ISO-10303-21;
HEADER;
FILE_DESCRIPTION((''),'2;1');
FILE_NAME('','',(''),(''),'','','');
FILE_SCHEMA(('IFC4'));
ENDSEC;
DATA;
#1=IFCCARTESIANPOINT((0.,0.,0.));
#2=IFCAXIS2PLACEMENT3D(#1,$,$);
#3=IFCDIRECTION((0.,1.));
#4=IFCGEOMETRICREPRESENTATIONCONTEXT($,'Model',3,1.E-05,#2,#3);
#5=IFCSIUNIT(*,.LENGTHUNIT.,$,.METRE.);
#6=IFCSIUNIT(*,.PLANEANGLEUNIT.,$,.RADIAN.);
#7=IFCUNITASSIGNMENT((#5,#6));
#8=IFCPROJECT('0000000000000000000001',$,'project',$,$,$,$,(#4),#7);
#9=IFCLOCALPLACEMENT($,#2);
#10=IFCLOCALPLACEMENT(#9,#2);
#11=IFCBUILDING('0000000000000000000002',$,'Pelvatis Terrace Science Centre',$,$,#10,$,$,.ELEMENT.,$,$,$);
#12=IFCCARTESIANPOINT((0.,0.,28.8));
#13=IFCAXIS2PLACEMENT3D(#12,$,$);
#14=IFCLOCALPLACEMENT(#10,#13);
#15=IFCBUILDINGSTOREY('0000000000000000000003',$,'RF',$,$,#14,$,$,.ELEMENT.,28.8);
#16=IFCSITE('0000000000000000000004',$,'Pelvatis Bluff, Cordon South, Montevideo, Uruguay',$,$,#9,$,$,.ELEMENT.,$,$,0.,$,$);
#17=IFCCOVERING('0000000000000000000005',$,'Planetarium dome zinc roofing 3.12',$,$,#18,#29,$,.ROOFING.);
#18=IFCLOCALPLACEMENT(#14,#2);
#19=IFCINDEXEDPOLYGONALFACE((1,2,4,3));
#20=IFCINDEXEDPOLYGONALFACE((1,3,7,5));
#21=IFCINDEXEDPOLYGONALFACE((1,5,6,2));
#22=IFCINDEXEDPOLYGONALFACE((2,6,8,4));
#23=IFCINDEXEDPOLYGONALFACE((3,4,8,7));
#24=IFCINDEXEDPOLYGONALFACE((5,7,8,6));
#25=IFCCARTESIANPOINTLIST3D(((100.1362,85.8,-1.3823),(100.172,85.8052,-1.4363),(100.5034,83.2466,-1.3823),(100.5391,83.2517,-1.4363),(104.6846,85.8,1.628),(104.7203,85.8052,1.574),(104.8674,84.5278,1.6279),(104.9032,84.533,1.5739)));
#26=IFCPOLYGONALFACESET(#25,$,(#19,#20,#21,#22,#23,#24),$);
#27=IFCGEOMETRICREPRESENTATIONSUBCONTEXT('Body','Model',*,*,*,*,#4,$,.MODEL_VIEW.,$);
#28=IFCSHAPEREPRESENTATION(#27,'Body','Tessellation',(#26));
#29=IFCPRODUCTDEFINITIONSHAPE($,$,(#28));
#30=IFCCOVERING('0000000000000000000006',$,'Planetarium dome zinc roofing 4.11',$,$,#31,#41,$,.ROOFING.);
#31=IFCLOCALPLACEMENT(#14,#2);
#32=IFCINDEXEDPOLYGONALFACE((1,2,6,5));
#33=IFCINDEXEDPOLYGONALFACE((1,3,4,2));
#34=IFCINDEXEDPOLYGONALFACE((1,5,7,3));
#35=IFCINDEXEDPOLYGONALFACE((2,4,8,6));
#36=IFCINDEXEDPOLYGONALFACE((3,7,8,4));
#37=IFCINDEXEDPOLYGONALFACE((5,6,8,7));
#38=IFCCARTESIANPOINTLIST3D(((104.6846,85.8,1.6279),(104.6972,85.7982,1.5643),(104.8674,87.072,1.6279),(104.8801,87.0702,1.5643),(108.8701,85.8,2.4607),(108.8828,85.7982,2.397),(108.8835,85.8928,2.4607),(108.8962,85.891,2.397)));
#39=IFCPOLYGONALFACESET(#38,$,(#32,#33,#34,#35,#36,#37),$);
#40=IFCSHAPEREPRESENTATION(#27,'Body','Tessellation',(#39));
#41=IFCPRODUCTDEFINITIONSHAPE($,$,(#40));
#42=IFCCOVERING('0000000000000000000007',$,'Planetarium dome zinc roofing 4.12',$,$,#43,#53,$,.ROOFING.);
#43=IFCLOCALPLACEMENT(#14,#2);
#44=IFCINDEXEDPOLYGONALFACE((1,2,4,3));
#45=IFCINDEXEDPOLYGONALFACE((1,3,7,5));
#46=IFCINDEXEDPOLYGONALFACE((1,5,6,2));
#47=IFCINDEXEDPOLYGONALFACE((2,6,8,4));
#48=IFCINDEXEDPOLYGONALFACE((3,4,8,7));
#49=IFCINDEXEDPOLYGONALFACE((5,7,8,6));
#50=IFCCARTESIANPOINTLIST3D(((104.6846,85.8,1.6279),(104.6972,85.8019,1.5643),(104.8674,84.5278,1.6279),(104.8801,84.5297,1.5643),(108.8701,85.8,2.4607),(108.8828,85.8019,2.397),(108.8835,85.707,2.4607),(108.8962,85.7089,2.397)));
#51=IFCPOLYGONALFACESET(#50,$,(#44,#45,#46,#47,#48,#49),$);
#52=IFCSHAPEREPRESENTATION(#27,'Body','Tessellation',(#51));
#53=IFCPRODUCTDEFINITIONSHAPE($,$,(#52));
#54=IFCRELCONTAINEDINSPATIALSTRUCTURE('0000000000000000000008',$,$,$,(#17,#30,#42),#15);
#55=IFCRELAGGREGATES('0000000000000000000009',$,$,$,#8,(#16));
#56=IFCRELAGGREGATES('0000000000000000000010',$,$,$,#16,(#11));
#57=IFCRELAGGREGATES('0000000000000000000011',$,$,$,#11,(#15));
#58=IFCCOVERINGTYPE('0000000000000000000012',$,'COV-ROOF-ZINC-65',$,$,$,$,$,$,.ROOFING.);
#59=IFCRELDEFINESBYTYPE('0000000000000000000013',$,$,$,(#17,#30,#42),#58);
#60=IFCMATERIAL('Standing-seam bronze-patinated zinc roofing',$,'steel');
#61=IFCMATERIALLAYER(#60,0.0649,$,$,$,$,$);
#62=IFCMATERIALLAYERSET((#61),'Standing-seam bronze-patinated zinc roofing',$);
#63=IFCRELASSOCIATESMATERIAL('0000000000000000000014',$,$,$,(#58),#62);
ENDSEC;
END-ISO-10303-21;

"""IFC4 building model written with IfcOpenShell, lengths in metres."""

from ifc_helpers import new_model, si_unit, direction, frame, origin, place, context, subcontext, project, spatial, polyline, outline, extrude, material, layer, layer_set, type_object, element, save


model = new_model("IFC4")

# Units and contexts
model_context = context("Model", 3, precision=1e-05, world=origin(), true_north=direction((0.0, 1.0)))
body_context = subcontext(model_context, "Body", "Model", "MODEL_VIEW")
ifc_project = project(units=[si_unit("LENGTHUNIT", "METRE"), si_unit("PLANEANGLEUNIT", "RADIAN")], contexts=[model_context])

# Site, building, storey
site_placement = place(None, origin())
site = spatial("IfcSite", under=ifc_project, at=site_placement, Name="Pelvatis Bluff, Cordon South, Montevideo, Uruguay", CompositionType="ELEMENT", RefElevation=0.0)
building_placement = place(site_placement, origin())
building = spatial("IfcBuilding", under=site, at=building_placement, Name="Pelvatis Terrace Science Centre", CompositionType="ELEMENT")
storey_placement = place(building_placement, frame((0.0, 0.0, 28.8)))
storey = spatial("IfcBuildingStorey", under=building, at=storey_placement, Name="RF", CompositionType="ELEMENT", Elevation=28.8)

# Coverings
ifc_material_1 = material(Name="Standing-seam bronze-patinated zinc roofing", Category="steel")
ifc_layer_1 = layer(ifc_material_1, 0.0649)
ifc_layer_set_1 = layer_set([ifc_layer_1], Name="Standing-seam bronze-patinated zinc roofing")
covering_type = type_object("IfcCoveringType", Name="COV-ROOF-ZINC-65", PredefinedType="ROOFING", material=ifc_layer_set_1)
covering_1_placement = place(storey_placement, frame((100.1362, 85.8, -1.3823), z_axis=(-0.550183, -0.079104, 0.831289), x_axis=(0.142329, -0.989819, 0.00001)))
element("IfcCovering", 1, at=covering_1_placement, inside=storey, type_object=covering_type, Name="Planetarium dome zinc roofing 3.12", PredefinedType="ROOFING", context=body_context, shape_type="SweptSolid", body=[
    extrude(outline(polyline([(0.0, 0.0), (2.5797, 0.0), (1.9327, 5.4156), (0.6474, 5.4157), (0.0, 0.0)])), origin(), (0.0, 0.0, -1.0), 0.0649),
])
covering_2_placement = place(storey_placement, frame((104.8674, 87.072, 1.6279), z_axis=(-0.195056, 0.028055, 0.980391), x_axis=(-0.142302, -0.989823, 0.000013)))
element("IfcCovering", 2, at=covering_2_placement, inside=storey, type_object=covering_type, Name="Planetarium dome zinc roofing 4.11", PredefinedType="ROOFING", context=body_context, shape_type="SweptSolid", body=[
    extrude(outline(polyline([(0.0, 0.0), (1.285, 0.0), (0.6895, 4.2258), (0.5957, 4.2259), (0.0, 0.0)])), origin(), (0.0, 0.0, -1.0), 0.0649),
])
covering_3_placement = place(storey_placement, frame((104.6846, 85.8, 1.6279), z_axis=(-0.195058, -0.028045, 0.980391), x_axis=(0.142274, -0.989827, -0.000008)))
element("IfcCovering", 3, at=covering_3_placement, inside=storey, type_object=covering_type, Name="Planetarium dome zinc roofing 4.12", PredefinedType="ROOFING", context=body_context, shape_type="SweptSolid", body=[
    extrude(outline(polyline([(0.0, 0.0), (1.2853, 0.0), (0.6895, 4.2259), (0.5955, 4.2258), (0.0, 0.0)])), origin(), (0.0, 0.0, -1.0), 0.0649),
])

save(model, "model.ifc")
